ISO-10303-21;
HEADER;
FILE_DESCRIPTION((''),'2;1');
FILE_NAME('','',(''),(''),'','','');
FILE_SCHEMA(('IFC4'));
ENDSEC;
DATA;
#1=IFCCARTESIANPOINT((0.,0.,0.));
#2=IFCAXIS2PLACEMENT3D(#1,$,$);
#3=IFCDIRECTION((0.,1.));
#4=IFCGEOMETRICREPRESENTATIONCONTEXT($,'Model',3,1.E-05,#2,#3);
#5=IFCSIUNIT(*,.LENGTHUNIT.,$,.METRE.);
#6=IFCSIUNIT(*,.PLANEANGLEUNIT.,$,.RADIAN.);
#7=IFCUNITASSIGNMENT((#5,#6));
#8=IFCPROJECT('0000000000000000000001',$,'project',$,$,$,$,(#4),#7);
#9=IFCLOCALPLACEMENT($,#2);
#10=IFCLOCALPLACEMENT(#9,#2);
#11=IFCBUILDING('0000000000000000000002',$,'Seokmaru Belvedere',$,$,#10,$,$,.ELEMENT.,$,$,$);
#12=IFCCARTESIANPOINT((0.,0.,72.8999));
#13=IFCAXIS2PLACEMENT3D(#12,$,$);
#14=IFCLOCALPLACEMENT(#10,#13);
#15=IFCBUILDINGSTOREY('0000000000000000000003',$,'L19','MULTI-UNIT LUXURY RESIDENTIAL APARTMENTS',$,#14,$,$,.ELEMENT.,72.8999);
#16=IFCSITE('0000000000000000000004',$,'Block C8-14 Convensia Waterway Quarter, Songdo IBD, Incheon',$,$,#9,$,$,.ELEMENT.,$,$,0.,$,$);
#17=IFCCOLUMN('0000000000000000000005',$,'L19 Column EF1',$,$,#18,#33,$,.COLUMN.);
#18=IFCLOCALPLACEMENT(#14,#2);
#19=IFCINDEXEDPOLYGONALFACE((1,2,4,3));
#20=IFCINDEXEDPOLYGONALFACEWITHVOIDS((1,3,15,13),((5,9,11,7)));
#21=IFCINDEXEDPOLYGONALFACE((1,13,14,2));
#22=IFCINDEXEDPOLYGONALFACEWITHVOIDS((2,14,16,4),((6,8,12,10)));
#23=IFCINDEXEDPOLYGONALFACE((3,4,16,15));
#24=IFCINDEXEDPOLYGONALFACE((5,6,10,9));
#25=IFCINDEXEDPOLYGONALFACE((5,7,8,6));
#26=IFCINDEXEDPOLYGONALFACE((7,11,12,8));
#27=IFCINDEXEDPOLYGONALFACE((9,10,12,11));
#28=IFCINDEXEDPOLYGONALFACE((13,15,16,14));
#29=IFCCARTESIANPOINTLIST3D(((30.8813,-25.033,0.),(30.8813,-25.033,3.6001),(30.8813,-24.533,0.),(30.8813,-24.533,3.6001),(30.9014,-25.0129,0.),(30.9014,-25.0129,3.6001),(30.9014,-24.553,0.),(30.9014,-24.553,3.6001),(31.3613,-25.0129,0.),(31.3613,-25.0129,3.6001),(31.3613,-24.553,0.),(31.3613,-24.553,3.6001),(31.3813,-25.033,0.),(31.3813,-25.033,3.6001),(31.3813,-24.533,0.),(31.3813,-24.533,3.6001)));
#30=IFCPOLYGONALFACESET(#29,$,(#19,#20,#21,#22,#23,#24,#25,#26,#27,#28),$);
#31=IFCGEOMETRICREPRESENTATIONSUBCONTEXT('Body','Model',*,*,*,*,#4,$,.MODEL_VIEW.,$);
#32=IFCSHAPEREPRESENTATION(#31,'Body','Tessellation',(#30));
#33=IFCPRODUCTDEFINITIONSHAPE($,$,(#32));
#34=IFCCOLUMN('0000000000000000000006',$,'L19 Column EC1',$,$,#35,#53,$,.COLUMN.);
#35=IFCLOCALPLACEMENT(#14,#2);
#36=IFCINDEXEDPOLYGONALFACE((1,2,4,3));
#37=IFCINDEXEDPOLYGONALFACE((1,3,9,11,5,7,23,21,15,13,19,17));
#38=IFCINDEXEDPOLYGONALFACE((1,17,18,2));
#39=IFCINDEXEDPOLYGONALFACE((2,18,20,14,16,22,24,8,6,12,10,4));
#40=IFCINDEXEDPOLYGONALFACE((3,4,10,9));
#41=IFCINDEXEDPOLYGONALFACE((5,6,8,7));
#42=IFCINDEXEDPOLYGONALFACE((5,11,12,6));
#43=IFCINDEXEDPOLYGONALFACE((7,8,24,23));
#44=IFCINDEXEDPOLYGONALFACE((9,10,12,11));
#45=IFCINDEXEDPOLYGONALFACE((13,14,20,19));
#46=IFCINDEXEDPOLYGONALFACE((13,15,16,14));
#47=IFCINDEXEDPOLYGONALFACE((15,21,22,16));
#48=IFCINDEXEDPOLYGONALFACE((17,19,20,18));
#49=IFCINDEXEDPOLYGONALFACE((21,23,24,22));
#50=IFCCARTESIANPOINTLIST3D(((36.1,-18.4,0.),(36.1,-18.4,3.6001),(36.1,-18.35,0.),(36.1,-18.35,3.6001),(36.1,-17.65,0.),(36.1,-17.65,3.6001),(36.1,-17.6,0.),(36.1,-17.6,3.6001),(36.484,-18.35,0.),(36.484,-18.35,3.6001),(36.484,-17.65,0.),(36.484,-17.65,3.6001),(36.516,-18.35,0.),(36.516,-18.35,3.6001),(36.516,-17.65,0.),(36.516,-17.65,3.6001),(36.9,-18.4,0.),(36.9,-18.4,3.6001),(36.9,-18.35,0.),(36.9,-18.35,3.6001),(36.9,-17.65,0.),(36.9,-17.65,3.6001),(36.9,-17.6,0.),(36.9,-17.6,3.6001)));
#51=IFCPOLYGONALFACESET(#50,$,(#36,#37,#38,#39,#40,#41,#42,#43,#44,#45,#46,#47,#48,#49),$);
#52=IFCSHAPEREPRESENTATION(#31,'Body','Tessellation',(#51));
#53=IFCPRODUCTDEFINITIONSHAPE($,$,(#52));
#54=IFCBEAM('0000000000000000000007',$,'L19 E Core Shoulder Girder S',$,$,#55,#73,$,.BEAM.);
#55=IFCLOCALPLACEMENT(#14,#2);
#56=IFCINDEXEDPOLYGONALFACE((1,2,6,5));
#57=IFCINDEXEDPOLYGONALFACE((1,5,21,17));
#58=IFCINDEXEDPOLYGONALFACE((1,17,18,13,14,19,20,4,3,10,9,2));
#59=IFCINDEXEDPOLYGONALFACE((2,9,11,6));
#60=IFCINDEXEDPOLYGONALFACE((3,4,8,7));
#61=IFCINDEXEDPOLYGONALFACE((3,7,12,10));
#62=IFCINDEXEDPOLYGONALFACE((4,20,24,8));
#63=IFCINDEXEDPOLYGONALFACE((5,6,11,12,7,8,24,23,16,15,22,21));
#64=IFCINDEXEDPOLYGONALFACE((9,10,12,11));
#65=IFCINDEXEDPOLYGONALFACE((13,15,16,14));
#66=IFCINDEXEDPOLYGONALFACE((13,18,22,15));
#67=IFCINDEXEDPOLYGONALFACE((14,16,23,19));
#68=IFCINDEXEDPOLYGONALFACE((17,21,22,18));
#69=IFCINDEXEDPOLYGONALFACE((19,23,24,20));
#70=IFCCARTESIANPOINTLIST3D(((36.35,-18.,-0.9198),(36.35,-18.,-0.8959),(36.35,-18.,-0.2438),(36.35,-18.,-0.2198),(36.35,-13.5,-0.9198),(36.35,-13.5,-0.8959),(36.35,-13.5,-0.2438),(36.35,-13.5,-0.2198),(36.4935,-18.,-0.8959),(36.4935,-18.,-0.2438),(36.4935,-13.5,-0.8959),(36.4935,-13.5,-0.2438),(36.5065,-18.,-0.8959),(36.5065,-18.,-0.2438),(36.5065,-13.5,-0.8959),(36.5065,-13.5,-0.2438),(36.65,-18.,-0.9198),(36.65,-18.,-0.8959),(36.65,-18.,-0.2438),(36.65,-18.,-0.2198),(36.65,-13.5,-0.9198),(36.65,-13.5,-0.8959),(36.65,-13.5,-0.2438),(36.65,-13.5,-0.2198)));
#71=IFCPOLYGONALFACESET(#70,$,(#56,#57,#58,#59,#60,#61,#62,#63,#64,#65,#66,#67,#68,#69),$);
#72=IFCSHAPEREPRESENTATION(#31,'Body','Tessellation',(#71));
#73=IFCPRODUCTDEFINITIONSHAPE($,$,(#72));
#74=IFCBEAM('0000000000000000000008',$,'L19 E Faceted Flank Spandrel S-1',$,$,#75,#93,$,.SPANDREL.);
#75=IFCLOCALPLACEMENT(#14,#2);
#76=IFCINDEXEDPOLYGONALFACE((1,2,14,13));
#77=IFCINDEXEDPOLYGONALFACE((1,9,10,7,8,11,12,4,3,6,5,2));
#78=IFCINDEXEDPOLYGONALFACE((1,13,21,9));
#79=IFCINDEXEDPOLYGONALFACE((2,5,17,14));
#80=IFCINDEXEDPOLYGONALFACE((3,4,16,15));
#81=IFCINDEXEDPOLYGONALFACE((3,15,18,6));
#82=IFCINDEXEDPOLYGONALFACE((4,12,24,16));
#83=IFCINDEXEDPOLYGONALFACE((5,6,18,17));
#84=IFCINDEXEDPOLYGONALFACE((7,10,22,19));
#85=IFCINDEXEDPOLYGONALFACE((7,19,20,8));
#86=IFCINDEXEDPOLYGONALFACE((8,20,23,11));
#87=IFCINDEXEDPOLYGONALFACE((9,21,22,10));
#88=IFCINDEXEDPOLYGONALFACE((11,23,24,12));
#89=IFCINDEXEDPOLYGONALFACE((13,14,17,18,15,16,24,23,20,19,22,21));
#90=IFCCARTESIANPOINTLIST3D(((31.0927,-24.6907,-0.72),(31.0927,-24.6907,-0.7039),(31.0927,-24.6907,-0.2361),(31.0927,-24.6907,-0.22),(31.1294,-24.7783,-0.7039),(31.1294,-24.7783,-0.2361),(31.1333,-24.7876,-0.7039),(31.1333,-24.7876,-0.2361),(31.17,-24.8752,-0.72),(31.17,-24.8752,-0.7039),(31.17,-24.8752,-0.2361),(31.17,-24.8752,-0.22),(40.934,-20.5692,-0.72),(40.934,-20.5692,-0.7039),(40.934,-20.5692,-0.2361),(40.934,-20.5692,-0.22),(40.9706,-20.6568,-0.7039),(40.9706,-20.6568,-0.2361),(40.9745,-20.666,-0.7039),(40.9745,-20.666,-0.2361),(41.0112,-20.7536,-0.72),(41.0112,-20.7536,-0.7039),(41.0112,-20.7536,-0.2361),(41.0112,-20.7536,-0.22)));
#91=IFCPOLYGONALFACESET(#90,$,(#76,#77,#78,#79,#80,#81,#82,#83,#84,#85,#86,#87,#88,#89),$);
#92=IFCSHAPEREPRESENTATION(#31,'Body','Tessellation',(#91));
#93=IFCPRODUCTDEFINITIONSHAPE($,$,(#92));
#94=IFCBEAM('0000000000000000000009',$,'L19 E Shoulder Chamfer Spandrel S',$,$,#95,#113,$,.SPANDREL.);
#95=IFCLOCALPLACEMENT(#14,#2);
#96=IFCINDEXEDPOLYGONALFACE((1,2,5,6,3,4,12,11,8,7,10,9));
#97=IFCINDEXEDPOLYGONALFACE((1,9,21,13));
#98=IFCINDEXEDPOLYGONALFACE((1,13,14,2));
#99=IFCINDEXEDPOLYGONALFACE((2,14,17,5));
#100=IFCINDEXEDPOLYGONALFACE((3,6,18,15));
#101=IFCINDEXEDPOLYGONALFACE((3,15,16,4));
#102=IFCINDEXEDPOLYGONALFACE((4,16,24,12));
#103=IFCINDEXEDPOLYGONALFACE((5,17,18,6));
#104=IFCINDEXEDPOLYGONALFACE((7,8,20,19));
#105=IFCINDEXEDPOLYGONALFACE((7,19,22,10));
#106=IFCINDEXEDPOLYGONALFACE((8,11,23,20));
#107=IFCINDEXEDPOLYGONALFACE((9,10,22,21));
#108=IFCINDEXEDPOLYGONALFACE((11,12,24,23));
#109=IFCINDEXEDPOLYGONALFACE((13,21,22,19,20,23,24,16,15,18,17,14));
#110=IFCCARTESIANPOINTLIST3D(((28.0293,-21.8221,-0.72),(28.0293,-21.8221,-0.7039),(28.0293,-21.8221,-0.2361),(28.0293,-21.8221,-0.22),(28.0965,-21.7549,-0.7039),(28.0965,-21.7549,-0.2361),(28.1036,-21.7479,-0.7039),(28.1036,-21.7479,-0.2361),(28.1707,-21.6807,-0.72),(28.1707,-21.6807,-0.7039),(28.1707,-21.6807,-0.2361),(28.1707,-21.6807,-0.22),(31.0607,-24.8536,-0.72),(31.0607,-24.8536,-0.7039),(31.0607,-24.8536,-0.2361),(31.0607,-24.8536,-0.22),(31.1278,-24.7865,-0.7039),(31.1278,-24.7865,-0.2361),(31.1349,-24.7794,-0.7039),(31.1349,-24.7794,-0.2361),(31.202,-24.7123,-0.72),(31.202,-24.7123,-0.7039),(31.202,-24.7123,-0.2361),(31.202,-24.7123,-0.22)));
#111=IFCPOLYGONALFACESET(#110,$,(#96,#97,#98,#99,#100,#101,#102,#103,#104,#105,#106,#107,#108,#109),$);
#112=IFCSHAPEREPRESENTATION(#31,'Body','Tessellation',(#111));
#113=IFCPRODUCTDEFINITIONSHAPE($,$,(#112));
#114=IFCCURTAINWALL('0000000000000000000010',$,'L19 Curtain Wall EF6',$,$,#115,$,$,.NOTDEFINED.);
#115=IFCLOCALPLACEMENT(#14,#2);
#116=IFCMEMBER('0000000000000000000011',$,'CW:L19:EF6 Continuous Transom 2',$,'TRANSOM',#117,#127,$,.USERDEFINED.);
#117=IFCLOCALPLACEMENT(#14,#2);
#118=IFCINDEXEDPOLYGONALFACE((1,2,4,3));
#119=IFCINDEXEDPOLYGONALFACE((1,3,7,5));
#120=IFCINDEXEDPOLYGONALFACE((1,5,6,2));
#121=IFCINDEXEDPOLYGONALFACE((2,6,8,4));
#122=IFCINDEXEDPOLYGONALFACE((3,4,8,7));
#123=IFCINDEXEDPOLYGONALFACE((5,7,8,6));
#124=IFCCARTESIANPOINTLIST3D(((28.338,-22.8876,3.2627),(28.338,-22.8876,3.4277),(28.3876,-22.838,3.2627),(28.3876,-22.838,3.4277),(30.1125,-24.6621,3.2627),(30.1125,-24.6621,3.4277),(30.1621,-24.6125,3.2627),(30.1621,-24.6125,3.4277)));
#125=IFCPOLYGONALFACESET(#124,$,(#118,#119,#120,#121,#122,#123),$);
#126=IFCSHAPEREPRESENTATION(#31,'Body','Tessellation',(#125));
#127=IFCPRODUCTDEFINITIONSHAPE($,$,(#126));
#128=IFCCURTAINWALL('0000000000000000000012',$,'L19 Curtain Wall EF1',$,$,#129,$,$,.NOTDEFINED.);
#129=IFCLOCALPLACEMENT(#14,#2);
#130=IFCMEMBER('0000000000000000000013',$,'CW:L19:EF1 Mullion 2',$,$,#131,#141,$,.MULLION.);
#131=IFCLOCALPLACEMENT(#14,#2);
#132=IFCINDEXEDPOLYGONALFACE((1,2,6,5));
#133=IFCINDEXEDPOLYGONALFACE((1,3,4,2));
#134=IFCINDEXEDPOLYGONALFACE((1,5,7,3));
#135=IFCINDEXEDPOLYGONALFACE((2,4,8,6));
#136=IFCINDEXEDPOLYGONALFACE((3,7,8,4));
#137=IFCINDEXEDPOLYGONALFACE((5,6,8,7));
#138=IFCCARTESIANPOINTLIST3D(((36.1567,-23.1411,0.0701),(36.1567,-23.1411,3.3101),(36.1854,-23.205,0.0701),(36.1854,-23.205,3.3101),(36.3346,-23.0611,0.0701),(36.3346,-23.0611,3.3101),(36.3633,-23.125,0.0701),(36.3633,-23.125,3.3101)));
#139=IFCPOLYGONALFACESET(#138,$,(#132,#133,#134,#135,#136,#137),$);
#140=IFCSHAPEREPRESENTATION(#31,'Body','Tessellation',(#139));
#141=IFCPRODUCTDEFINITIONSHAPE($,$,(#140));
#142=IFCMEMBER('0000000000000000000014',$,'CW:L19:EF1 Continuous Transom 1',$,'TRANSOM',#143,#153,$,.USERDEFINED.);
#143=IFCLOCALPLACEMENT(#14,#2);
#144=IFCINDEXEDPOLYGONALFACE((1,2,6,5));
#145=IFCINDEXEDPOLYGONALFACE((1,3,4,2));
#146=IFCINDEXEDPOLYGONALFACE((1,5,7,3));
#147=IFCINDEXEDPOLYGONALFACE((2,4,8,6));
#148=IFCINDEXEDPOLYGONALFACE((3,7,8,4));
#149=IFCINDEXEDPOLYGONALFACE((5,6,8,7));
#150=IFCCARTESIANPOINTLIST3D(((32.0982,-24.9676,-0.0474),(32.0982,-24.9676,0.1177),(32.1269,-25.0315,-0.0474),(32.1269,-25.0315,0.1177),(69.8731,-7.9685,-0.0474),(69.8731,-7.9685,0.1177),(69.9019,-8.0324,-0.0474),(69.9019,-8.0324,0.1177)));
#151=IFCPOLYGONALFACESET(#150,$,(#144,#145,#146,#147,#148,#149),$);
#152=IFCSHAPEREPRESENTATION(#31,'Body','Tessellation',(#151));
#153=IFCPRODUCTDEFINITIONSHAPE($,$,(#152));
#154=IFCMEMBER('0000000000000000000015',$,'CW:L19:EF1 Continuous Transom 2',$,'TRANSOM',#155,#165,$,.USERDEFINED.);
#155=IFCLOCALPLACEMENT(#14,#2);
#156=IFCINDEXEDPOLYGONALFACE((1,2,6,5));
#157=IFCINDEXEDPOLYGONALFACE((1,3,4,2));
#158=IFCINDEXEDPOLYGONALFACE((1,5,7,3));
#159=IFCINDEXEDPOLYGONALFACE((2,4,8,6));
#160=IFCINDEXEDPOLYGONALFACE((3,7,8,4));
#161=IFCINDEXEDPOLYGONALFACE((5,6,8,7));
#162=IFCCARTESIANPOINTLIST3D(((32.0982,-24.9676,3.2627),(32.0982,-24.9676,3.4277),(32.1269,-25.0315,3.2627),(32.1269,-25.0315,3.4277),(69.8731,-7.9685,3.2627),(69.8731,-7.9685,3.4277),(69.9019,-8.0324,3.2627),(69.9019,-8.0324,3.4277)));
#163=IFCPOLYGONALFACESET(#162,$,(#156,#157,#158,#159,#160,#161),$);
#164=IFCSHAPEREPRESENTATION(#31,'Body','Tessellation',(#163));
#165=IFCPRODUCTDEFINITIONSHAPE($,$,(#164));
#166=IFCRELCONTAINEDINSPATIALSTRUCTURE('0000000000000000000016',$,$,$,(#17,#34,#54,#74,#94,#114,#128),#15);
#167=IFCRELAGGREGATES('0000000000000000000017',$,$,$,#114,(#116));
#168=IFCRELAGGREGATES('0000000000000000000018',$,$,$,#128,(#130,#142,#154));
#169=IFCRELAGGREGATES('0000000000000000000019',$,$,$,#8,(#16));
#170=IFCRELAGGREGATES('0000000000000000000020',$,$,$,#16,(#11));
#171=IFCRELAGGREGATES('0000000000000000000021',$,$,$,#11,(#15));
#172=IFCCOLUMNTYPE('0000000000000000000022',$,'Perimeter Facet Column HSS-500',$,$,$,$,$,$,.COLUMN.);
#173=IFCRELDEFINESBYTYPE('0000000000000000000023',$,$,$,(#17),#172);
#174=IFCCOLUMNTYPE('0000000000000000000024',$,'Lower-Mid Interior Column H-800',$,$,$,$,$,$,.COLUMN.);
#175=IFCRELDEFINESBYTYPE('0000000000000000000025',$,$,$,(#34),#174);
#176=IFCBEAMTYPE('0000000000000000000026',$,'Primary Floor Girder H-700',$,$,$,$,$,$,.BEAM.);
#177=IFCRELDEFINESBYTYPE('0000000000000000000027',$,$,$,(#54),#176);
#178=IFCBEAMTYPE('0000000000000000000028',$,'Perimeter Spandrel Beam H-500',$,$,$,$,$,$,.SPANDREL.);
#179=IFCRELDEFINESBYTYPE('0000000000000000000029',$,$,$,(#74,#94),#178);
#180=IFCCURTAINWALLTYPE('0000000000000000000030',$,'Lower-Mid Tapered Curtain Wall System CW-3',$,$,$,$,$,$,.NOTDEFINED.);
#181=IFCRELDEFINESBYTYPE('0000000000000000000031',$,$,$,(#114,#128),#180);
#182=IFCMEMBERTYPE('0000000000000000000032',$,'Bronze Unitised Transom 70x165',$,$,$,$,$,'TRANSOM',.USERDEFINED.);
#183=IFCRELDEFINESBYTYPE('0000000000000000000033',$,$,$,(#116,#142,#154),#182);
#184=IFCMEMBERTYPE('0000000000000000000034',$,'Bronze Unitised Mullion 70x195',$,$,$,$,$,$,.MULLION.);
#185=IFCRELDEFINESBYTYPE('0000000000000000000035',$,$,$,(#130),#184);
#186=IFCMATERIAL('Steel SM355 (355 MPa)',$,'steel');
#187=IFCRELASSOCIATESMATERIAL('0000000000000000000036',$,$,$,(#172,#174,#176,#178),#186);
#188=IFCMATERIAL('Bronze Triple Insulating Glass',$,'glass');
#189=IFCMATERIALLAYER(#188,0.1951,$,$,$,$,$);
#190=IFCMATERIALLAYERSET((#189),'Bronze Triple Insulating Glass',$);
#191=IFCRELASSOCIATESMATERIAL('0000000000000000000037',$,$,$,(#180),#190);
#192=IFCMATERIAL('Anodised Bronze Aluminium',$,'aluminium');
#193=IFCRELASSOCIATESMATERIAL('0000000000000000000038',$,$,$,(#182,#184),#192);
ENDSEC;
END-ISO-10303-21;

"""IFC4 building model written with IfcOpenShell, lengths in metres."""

from ifc_helpers import new_model, si_unit, direction, frame, origin, origin_2d, place, context, subcontext, project, spatial, rectangle, hollow_rectangle, i_section, extrude, source, transform, mapped, material, layer, layer_set, material_profile, profile_set, type_object, type_shapes, element, aggregate, save


model = new_model("IFC4")

# Units and contexts
model_context = context("Model", 3, precision=1e-05, world=origin(), true_north=direction((0.0, 1.0)))
body_context = subcontext(model_context, "Body", "Model", "MODEL_VIEW")
ifc_project = project(units=[si_unit("LENGTHUNIT", "METRE"), si_unit("PLANEANGLEUNIT", "RADIAN")], contexts=[model_context])

# Site, building, storey
site_placement = place(None, origin())
site = spatial("IfcSite", under=ifc_project, at=site_placement, Name="Block C8-14 Convensia Waterway Quarter, Songdo IBD, Incheon", CompositionType="ELEMENT", RefElevation=0.0)
building_placement = place(site_placement, origin())
building = spatial("IfcBuilding", under=site, at=building_placement, Name="Seokmaru Belvedere", CompositionType="ELEMENT")
storey_placement = place(building_placement, frame((0.0, 0.0, 72.8999)))
storey = spatial("IfcBuildingStorey", under=building, at=storey_placement, Name="L19", Description="MULTI-UNIT LUXURY RESIDENTIAL APARTMENTS", CompositionType="ELEMENT", Elevation=72.8999)

# Columns
ifc_material_1 = material(Name="Steel SM355 (355 MPa)", Category="steel")
ifc_material_profile_1 = material_profile(ifc_material_1, hollow_rectangle(XDim=0.5, YDim=0.5, WallThickness=0.02, at=origin_2d()), Name="HSS-500x500x20")
ifc_profile_set_1 = profile_set([ifc_material_profile_1], Name="Steel SM355 (355 MPa)")
column_type_1 = type_object("IfcColumnType", Name="Perimeter Facet Column HSS-500", PredefinedType="COLUMN", material=ifc_profile_set_1)
shared_shape_1 = source(origin(), body_context, "Body", "SweptSolid", [
    extrude(hollow_rectangle(XDim=0.5, YDim=0.5, WallThickness=0.02, at=origin_2d()), origin(), (0.0, 0.0, 1.0), 3.6001),
])
type_shapes(column_type_1, [shared_shape_1])
column_1_placement = place(storey_placement, frame((31.1313, -24.783, 0.0), z_axis=(0.0, 0.0, 1.0), x_axis=(1.0, 0.0, 0.0)))
element("IfcColumn", 1, at=column_1_placement, inside=storey, type_object=column_type_1, Name="L19 Column EF1", PredefinedType="COLUMN", context=body_context, shape_type="MappedRepresentation", body=[
    mapped(shared_shape_1, transform((0.0, 0.0, 0.0), scale=1.0)),
])
ifc_material_profile_2 = material_profile(ifc_material_1, i_section(OverallWidth=0.8, OverallDepth=0.8, WebThickness=0.032, FlangeThickness=0.05, at=origin_2d()), Name="H-800x800x32x50")
ifc_profile_set_2 = profile_set([ifc_material_profile_2], Name="Steel SM355 (355 MPa)")
column_type_2 = type_object("IfcColumnType", Name="Lower-Mid Interior Column H-800", PredefinedType="COLUMN", material=ifc_profile_set_2)
shared_shape_2 = source(origin(), body_context, "Body", "SweptSolid", [
    extrude(i_section(OverallWidth=0.8, OverallDepth=0.8, WebThickness=0.032, FlangeThickness=0.05, at=origin_2d()), origin(), (0.0, 0.0, 1.0), 3.6001),
])
type_shapes(column_type_2, [shared_shape_2])
column_2_placement = place(storey_placement, frame((36.5, -18.0, 0.0), z_axis=(0.0, 0.0, 1.0), x_axis=(1.0, 0.0, 0.0)))
element("IfcColumn", 2, at=column_2_placement, inside=storey, type_object=column_type_2, Name="L19 Column EC1", PredefinedType="COLUMN", context=body_context, shape_type="MappedRepresentation", body=[
    mapped(shared_shape_2, transform((0.0, 0.0, 0.0), scale=1.0)),
])

# Beams
ifc_material_profile_3 = material_profile(ifc_material_1, i_section(OverallWidth=0.3, OverallDepth=0.7, WebThickness=0.0129, FlangeThickness=0.0239, at=origin_2d()), Name="H-700x300x13x24")
ifc_profile_set_3 = profile_set([ifc_material_profile_3], Name="Steel SM355 (355 MPa)")
beam_type_1 = type_object("IfcBeamType", Name="Primary Floor Girder H-700", PredefinedType="BEAM", material=ifc_profile_set_3)
shared_shape_3 = source(origin(), body_context, "Body", "SweptSolid", [
    extrude(i_section(OverallWidth=0.3, OverallDepth=0.7, WebThickness=0.0129, FlangeThickness=0.0239, at=origin_2d()), origin(), (0.0, 0.0, 1.0), 4.5),
])
type_shapes(beam_type_1, [shared_shape_3])
beam_1_placement = place(storey_placement, frame((36.5, -18.0, -0.5698), z_axis=(0.0, 1.0, 0.0), x_axis=(-1.0, 0.0, 0.0)))
element("IfcBeam", 3, at=beam_1_placement, inside=storey, type_object=beam_type_1, Name="L19 E Core Shoulder Girder S", PredefinedType="BEAM", context=body_context, shape_type="MappedRepresentation", body=[
    mapped(shared_shape_3, transform((0.0, 0.0, 0.0), scale=1.0)),
])
ifc_material_profile_4 = material_profile(ifc_material_1, i_section(OverallWidth=0.2, OverallDepth=0.5, WebThickness=0.01, FlangeThickness=0.0161, at=origin_2d()), Name="H-500x200x10x16")
ifc_profile_set_4 = profile_set([ifc_material_profile_4], Name="Steel SM355 (355 MPa)")
beam_type_2 = type_object("IfcBeamType", Name="Perimeter Spandrel Beam H-500", PredefinedType="SPANDREL", material=ifc_profile_set_4)
shared_shape_4 = source(origin(), body_context, "Body", "SweptSolid", [
    extrude(i_section(OverallWidth=0.2, OverallDepth=0.5, WebThickness=0.01, FlangeThickness=0.0161, at=origin_2d()), origin(), (0.0, 0.0, 1.0), 10.6694),
])
beam_2_placement = place(storey_placement, frame((31.1313, -24.783, -0.47), z_axis=(0.922375, 0.386295, 0.0), x_axis=(-0.386295, 0.922375, 0.0)))
element("IfcBeam", 4, at=beam_2_placement, inside=storey, type_object=beam_type_2, Name="L19 E Faceted Flank Spandrel S-1", PredefinedType="SPANDREL", context=body_context, shape_type="MappedRepresentation", body=[
    mapped(shared_shape_4, transform((0.0, 0.0, 0.0), scale=1.0)),
])
shared_shape_5 = source(origin(), body_context, "Body", "SweptSolid", [
    extrude(i_section(OverallWidth=0.2, OverallDepth=0.5, WebThickness=0.01, FlangeThickness=0.0161, at=origin_2d()), origin(), (0.0, 0.0, 1.0), 4.2871),
])
type_shapes(beam_type_2, [shared_shape_4, shared_shape_5])
beam_3_placement = place(storey_placement, frame((31.1313, -24.783, -0.47), z_axis=(-0.707078, 0.707135, 0.0), x_axis=(-0.707135, -0.707078, 0.0)))
element("IfcBeam", 5, at=beam_3_placement, inside=storey, type_object=beam_type_2, Name="L19 E Shoulder Chamfer Spandrel S", PredefinedType="SPANDREL", context=body_context, shape_type="MappedRepresentation", body=[
    mapped(shared_shape_5, transform((0.0, 0.0, 0.0), scale=1.0)),
])

# Curtain wall, member
ifc_material_2 = material(Name="Bronze Triple Insulating Glass", Category="glass")
ifc_layer_1 = layer(ifc_material_2, 0.1951)
ifc_layer_set_1 = layer_set([ifc_layer_1], Name="Bronze Triple Insulating Glass")
curtain_wall_type = type_object("IfcCurtainWallType", Name="Lower-Mid Tapered Curtain Wall System CW-3", PredefinedType="NOTDEFINED", material=ifc_layer_set_1)
curtain_wall_1_placement = place(storey_placement, origin())
curtain_wall_1 = element("IfcCurtainWall", 6, at=curtain_wall_1_placement, inside=storey, type_object=curtain_wall_type, Name="L19 Curtain Wall EF6", PredefinedType="NOTDEFINED")
ifc_material_3 = material(Name="Anodised Bronze Aluminium", Category="aluminium")
ifc_material_profile_5 = material_profile(ifc_material_3, rectangle(XDim=0.0701, YDim=0.165, at=origin_2d()), Name="CW-T-70x165")
ifc_profile_set_5 = profile_set([ifc_material_profile_5], Name="Anodised Bronze Aluminium")
member_type_1 = type_object("IfcMemberType", Name="Bronze Unitised Transom 70x165", ElementType="TRANSOM", PredefinedType="USERDEFINED", material=ifc_profile_set_5)
shared_shape_6 = source(origin(), body_context, "Body", "SweptSolid", [
    extrude(rectangle(XDim=0.0701, YDim=0.165, at=origin_2d()), origin(), (0.0, 0.0, 1.0), 2.5095),
])
member_1_placement = place(storey_placement, frame((28.3628, -22.8628, 3.3452), z_axis=(0.707107, -0.707107, 0.0), x_axis=(0.707107, 0.707107, 0.0)))
member_1 = element("IfcMember", 7, at=member_1_placement, type_object=member_type_1, Name="CW:L19:EF6 Continuous Transom 2", ObjectType="TRANSOM", PredefinedType="USERDEFINED", context=body_context, shape_type="MappedRepresentation", body=[
    mapped(shared_shape_6, transform((0.0, 0.0, 0.0), scale=1.0)),
])

# Curtain wall, members
curtain_wall_2_placement = place(storey_placement, origin())
curtain_wall_2 = element("IfcCurtainWall", 8, at=curtain_wall_2_placement, inside=storey, type_object=curtain_wall_type, Name="L19 Curtain Wall EF1", PredefinedType="NOTDEFINED")
ifc_material_profile_6 = material_profile(ifc_material_3, rectangle(XDim=0.0701, YDim=0.1951, at=origin_2d()), Name="CW-M-70x195")
ifc_profile_set_6 = profile_set([ifc_material_profile_6], Name="Anodised Bronze Aluminium")
member_type_2 = type_object("IfcMemberType", Name="Bronze Unitised Mullion 70x195", PredefinedType="MULLION", material=ifc_profile_set_6)
shared_shape_7 = source(origin(), body_context, "Body", "SweptSolid", [
    extrude(rectangle(XDim=0.0701, YDim=0.1951, at=origin_2d()), origin(), (0.0, 0.0, 1.0), 3.24),
])
member_2_placement = place(storey_placement, frame((36.26, -23.1331, 0.0701), z_axis=(0.0, 0.0, 1.0), x_axis=(-0.410366, 0.911921, 0.0)))
member_2 = element("IfcMember", 9, at=member_2_placement, type_object=member_type_2, Name="CW:L19:EF1 Mullion 2", PredefinedType="MULLION", context=body_context, shape_type="MappedRepresentation", body=[
    mapped(shared_shape_7, transform((0.0, 0.0, 0.0), scale=1.0)),
])
shared_shape_8 = source(origin(), body_context, "Body", "SweptSolid", [
    extrude(rectangle(XDim=0.0701, YDim=0.165, at=origin_2d()), origin(), (0.0, 0.0, 1.0), 41.4236),
])
type_shapes(member_type_1, [shared_shape_6, shared_shape_8])
member_3_placement = place(storey_placement, frame((32.1125, -24.9995, 0.0352), z_axis=(0.911919, 0.410371, 0.0), x_axis=(-0.410371, 0.911919, 0.0)))
member_3 = element("IfcMember", 10, at=member_3_placement, type_object=member_type_1, Name="CW:L19:EF1 Continuous Transom 1", ObjectType="TRANSOM", PredefinedType="USERDEFINED", context=body_context, shape_type="MappedRepresentation", body=[
    mapped(shared_shape_8, transform((0.0, 0.0, 0.0), scale=1.0)),
])
member_4_placement = place(storey_placement, frame((32.1125, -24.9995, 3.3452), z_axis=(0.911919, 0.410371, 0.0), x_axis=(-0.410371, 0.911919, 0.0)))
member_4 = element("IfcMember", 11, at=member_4_placement, type_object=member_type_1, Name="CW:L19:EF1 Continuous Transom 2", ObjectType="TRANSOM", PredefinedType="USERDEFINED", context=body_context, shape_type="MappedRepresentation", body=[
    mapped(shared_shape_8, transform((0.0, 0.0, 0.0), scale=1.0)),
])

aggregate(curtain_wall_1, [member_1])
aggregate(curtain_wall_2, [member_2, member_3, member_4])

save(model, "model.ifc")
